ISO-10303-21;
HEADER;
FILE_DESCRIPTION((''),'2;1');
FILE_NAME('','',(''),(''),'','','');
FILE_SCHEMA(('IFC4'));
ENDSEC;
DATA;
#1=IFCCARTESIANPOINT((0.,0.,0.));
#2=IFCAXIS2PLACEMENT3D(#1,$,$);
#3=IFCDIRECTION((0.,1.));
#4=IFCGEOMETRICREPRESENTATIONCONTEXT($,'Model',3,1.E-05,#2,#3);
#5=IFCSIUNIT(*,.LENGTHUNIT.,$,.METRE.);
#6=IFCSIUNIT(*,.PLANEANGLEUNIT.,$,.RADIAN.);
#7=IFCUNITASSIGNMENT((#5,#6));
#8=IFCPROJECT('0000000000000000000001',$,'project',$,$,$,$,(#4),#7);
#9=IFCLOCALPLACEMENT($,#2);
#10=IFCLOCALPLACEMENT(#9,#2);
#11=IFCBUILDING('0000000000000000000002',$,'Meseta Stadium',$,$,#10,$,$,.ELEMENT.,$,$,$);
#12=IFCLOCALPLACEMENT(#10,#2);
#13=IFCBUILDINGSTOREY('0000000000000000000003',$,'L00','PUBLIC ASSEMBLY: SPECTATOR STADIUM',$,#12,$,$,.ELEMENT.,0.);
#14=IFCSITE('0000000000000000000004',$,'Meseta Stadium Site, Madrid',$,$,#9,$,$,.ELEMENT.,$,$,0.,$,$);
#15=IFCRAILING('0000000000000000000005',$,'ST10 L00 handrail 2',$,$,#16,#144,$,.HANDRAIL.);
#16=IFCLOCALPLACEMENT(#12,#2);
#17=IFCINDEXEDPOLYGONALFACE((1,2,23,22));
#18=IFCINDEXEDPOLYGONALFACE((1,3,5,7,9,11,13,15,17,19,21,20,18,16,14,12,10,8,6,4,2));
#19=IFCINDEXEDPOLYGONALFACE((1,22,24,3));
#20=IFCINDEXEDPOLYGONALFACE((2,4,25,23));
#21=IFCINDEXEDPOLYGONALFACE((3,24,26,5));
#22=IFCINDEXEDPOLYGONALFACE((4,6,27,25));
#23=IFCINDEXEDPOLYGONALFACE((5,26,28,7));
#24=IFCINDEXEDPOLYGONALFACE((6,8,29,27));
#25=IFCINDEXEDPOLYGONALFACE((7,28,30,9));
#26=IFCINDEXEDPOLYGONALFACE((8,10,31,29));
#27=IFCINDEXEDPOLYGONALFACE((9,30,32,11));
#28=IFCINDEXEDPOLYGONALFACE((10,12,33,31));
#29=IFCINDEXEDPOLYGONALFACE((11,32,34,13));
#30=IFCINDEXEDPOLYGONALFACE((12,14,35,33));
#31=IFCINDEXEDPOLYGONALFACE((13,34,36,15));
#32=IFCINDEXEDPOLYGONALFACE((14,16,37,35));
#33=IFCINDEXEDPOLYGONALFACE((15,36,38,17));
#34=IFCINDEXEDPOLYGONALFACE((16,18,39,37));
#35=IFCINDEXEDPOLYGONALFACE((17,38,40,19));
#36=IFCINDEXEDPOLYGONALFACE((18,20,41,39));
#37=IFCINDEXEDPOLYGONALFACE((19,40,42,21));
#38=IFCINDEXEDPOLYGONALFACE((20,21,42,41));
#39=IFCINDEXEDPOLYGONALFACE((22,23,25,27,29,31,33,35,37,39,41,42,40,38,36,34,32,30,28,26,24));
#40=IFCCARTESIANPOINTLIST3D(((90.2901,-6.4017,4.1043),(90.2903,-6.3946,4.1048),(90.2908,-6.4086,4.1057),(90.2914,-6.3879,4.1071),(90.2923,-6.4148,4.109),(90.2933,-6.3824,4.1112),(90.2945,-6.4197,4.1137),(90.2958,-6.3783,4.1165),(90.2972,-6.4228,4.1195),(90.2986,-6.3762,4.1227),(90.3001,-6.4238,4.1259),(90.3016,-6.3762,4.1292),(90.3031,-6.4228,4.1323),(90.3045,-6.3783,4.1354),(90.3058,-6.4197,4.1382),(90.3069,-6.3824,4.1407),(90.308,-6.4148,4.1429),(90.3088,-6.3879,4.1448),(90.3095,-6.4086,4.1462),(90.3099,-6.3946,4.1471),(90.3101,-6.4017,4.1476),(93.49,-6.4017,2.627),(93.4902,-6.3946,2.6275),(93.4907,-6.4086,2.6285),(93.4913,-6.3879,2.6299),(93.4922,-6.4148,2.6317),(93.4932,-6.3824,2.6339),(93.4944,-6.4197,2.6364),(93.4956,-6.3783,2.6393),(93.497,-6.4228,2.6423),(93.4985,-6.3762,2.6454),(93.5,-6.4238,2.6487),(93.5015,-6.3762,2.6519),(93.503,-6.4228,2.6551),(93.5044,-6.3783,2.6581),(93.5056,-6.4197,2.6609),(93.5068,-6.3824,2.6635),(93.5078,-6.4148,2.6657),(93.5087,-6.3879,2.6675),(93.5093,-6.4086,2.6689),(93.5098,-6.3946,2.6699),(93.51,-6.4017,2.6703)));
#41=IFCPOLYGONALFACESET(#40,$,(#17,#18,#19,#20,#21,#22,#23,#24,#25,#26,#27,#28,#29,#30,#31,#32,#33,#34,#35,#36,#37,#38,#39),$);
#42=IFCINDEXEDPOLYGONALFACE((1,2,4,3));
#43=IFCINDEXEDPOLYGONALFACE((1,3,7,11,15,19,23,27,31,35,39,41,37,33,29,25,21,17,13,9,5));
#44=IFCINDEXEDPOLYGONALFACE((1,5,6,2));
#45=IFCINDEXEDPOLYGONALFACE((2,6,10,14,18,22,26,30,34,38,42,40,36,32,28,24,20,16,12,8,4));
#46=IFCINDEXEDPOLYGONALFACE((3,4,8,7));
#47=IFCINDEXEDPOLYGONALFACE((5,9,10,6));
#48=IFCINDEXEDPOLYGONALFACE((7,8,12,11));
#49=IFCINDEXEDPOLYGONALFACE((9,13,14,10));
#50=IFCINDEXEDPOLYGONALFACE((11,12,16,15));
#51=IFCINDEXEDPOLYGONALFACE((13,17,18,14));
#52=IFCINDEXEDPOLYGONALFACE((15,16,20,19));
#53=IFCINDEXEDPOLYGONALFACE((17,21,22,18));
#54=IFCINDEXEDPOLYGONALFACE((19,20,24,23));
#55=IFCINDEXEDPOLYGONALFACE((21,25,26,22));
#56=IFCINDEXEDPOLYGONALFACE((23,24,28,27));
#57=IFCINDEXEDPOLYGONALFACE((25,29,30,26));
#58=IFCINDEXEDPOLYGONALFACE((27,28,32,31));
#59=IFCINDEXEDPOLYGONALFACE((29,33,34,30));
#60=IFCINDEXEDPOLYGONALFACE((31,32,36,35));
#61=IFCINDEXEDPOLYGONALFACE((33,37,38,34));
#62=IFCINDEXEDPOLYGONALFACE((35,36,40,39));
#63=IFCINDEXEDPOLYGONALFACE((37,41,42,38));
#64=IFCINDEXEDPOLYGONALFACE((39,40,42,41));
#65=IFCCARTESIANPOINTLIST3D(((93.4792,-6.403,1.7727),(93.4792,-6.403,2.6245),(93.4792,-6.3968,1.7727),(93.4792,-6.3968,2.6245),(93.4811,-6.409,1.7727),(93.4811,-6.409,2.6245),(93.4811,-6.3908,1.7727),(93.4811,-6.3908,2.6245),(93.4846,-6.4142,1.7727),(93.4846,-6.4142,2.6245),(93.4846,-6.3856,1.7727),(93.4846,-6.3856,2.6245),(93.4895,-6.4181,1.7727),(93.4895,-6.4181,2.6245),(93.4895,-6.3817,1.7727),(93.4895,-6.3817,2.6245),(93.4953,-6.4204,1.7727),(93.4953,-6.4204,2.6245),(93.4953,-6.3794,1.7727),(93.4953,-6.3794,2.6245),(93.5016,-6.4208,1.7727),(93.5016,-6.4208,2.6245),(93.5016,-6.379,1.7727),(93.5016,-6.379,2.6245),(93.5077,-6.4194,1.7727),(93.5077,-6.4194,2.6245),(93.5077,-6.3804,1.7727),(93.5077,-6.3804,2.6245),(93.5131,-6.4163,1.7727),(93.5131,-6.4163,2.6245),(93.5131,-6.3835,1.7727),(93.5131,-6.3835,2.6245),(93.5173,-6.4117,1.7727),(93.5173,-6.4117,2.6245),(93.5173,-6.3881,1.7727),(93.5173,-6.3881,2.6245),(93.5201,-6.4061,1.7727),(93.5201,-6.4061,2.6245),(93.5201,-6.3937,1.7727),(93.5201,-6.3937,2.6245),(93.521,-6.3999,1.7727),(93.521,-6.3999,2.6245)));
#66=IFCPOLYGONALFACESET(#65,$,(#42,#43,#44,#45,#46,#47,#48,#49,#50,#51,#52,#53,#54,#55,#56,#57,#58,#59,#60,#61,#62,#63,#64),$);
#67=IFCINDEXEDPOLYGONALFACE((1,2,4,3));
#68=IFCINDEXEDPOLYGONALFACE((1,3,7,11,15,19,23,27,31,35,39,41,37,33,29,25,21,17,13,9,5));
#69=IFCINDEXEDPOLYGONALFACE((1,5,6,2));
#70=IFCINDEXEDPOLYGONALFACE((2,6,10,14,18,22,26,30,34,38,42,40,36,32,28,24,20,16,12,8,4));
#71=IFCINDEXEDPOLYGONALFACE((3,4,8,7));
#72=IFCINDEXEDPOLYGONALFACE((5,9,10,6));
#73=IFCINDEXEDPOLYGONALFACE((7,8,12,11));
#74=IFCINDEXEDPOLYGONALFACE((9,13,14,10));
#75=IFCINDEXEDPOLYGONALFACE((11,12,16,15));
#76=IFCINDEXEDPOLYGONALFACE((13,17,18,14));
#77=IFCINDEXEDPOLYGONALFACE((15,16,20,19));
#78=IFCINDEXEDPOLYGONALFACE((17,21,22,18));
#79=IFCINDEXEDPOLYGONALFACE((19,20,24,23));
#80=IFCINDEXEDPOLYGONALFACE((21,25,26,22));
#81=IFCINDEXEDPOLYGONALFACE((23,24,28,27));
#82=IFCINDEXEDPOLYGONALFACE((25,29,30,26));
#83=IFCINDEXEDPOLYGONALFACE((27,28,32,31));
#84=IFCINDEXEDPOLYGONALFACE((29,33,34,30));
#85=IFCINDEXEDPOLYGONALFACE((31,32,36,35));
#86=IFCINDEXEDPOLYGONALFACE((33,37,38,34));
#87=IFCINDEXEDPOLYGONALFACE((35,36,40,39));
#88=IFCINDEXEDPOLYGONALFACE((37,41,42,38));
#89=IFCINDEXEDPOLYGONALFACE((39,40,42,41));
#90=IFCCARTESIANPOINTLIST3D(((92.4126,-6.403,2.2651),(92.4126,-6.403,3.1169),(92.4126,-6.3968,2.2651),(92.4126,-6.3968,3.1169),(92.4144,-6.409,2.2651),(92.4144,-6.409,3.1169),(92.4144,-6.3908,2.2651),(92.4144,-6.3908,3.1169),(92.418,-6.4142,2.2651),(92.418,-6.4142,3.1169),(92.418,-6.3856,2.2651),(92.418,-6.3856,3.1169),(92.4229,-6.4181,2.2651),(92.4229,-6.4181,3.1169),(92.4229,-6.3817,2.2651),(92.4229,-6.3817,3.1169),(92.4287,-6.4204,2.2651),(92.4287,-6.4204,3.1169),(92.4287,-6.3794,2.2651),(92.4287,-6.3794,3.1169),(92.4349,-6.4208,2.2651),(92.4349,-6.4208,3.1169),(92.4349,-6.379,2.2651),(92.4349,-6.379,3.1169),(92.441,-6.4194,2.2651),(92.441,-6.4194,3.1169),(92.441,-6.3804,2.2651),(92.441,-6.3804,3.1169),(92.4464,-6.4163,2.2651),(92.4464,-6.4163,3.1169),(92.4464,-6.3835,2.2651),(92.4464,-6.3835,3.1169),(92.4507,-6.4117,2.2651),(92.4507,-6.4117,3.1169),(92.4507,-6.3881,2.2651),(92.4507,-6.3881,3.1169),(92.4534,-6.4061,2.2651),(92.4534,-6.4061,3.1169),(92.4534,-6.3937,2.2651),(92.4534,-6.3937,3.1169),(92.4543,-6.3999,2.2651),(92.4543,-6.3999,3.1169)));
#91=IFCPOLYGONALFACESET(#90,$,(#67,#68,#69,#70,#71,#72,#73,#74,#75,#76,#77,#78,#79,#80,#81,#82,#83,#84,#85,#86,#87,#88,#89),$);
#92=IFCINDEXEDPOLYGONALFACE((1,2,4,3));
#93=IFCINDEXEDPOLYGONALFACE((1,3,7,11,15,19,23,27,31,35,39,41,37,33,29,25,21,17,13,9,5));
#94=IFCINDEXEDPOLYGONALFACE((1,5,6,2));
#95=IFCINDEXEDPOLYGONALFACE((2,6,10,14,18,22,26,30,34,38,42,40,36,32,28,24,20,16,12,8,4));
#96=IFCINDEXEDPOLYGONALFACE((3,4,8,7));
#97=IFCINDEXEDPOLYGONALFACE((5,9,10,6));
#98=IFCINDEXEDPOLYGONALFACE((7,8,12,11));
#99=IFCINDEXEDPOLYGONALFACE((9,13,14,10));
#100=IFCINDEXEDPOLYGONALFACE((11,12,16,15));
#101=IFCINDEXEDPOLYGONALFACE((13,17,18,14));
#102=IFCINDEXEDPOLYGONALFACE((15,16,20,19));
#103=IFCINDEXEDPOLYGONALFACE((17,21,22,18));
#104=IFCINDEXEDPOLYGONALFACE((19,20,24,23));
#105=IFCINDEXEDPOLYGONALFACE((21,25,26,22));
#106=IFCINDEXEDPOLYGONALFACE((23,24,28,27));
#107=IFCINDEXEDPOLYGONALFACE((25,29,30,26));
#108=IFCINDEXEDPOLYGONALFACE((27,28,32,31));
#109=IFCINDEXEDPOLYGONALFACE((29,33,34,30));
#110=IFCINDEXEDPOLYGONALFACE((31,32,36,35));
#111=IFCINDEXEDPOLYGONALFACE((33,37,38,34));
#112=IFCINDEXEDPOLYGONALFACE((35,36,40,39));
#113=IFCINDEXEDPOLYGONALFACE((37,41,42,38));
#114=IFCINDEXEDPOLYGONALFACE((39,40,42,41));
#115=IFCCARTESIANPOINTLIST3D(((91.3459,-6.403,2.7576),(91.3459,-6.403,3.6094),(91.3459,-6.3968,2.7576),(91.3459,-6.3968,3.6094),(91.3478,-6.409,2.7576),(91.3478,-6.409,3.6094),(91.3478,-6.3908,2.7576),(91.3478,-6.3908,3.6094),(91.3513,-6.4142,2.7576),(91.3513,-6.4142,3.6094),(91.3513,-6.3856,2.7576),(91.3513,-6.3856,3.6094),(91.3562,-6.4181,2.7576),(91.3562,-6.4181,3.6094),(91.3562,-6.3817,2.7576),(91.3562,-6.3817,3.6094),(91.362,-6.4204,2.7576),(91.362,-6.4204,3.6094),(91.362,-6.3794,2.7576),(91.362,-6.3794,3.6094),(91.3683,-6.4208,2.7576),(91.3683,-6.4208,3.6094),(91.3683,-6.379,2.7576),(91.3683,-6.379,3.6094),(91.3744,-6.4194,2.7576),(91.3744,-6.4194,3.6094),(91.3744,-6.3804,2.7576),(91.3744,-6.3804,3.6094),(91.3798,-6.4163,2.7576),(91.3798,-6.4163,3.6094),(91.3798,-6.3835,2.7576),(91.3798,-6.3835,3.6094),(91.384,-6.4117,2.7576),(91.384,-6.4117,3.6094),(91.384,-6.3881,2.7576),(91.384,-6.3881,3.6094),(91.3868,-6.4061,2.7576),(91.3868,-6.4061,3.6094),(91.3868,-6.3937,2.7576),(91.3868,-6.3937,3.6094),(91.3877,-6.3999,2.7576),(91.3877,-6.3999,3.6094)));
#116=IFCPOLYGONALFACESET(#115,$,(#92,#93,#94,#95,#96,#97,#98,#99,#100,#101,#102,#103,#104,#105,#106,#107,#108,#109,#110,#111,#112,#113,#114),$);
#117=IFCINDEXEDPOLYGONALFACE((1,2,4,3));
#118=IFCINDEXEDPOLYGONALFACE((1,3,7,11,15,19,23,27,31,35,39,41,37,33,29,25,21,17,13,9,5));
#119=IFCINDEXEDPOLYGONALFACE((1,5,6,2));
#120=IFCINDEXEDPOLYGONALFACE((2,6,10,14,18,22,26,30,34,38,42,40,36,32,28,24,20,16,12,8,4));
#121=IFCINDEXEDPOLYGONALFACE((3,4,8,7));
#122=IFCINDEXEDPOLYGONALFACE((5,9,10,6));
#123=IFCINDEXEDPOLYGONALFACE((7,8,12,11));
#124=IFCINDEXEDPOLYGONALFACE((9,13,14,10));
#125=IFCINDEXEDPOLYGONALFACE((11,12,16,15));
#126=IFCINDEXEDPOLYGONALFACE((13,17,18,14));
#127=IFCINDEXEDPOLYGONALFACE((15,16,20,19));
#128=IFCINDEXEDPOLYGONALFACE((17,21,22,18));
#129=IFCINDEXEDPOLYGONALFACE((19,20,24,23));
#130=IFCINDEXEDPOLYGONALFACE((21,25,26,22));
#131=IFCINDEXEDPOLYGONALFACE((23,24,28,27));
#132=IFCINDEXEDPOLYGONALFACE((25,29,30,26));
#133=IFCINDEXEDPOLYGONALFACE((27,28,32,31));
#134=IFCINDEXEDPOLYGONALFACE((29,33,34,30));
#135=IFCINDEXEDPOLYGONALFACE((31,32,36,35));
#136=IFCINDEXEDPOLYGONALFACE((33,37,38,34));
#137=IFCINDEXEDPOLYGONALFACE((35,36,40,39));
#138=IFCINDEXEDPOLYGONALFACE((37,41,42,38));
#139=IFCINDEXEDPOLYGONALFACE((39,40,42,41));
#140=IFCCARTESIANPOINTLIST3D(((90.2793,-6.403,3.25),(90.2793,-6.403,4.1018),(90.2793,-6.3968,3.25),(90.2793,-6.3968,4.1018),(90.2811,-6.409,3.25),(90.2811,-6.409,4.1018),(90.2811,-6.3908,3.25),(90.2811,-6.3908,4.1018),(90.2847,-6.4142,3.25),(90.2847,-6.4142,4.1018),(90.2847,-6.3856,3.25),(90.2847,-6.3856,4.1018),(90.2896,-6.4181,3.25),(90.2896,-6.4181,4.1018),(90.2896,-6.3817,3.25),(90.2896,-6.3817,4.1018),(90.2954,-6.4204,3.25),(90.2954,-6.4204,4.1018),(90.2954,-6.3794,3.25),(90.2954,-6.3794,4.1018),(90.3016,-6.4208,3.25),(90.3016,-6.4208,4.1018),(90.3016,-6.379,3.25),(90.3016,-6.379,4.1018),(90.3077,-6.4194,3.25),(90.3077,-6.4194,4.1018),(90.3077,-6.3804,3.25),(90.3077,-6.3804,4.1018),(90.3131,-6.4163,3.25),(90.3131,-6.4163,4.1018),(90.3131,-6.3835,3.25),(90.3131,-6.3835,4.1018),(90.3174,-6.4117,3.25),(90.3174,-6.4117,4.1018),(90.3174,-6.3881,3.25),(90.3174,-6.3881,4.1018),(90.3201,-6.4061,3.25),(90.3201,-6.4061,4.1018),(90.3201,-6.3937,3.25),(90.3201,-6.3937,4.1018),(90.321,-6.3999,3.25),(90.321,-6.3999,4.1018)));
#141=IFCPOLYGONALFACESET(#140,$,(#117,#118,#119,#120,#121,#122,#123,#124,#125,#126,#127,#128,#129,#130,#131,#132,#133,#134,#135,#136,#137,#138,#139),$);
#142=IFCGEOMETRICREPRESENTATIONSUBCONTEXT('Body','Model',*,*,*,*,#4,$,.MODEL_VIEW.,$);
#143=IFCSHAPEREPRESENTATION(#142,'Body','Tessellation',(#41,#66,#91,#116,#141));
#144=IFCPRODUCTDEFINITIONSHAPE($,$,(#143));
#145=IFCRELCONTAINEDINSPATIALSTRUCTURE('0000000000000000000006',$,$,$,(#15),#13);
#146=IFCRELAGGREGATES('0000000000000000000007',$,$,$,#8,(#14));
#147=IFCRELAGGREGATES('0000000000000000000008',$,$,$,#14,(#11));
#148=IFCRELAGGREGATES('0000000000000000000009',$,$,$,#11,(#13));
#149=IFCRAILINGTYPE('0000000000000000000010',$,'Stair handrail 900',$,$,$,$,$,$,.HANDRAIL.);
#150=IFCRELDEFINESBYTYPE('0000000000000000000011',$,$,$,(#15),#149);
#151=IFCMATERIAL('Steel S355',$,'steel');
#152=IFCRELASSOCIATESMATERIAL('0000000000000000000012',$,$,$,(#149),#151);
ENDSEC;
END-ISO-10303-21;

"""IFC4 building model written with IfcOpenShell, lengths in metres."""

from ifc_helpers import new_model, si_unit, direction, frame, origin, origin_2d, place, context, subcontext, project, spatial, circle, extrude, material, type_object, element, save


model = new_model("IFC4")

# Units and contexts
model_context = context("Model", 3, precision=1e-05, world=origin(), true_north=direction((0.0, 1.0)))
body_context = subcontext(model_context, "Body", "Model", "MODEL_VIEW")
ifc_project = project(units=[si_unit("LENGTHUNIT", "METRE"), si_unit("PLANEANGLEUNIT", "RADIAN")], contexts=[model_context])

# Site, building, storey
site_placement = place(None, origin())
site = spatial("IfcSite", under=ifc_project, at=site_placement, Name="Meseta Stadium Site, Madrid", CompositionType="ELEMENT", RefElevation=0.0)
building_placement = place(site_placement, origin())
building = spatial("IfcBuilding", under=site, at=building_placement, Name="Meseta Stadium", CompositionType="ELEMENT")
storey_placement = place(building_placement, origin())
storey = spatial("IfcBuildingStorey", under=building, at=storey_placement, Name="L00", Description="PUBLIC ASSEMBLY: SPECTATOR STADIUM", CompositionType="ELEMENT", Elevation=0.0)

# Railing
ifc_material_1 = material(Name="Steel S355", Category="steel")
railing_type_1 = type_object("IfcRailingType", Name="Stair handrail 900", PredefinedType="HANDRAIL", material=ifc_material_1)
for number, where, name in (
    (1, (93.5, -6.3999, 1.7727), "ST10 L00 handrail 2"),
):
    element("IfcRailing", number, at=place(storey_placement, frame(where)), inside=storey, type_object=railing_type_1, Name=name, PredefinedType="HANDRAIL", context=body_context, shape_type="SweptSolid", body=[
        extrude(circle(Radius=0.0239, at=origin_2d()), frame((0.0, 0.0, 0.876), z_axis=(-0.907917, 0.0, 0.41915), x_axis=(0.0, -1.0, 0.0)), (0.0, 0.0, 1.0), 3.5244),
        extrude(circle(Radius=0.021, at=origin_2d()), origin(), (0.0, 0.0, 1.0), 0.8518),
        extrude(circle(Radius=0.021, at=origin_2d()), frame((-1.0667, 0.0, 0.4924)), (0.0, 0.0, 1.0), 0.8518),
        extrude(circle(Radius=0.021, at=origin_2d()), frame((-2.1333, 0.0, 0.9849)), (0.0, 0.0, 1.0), 0.8518),
        extrude(circle(Radius=0.021, at=origin_2d()), frame((-3.2, 0.0, 1.4773)), (0.0, 0.0, 1.0), 0.8518),
    ])

save(model, "model.ifc")
